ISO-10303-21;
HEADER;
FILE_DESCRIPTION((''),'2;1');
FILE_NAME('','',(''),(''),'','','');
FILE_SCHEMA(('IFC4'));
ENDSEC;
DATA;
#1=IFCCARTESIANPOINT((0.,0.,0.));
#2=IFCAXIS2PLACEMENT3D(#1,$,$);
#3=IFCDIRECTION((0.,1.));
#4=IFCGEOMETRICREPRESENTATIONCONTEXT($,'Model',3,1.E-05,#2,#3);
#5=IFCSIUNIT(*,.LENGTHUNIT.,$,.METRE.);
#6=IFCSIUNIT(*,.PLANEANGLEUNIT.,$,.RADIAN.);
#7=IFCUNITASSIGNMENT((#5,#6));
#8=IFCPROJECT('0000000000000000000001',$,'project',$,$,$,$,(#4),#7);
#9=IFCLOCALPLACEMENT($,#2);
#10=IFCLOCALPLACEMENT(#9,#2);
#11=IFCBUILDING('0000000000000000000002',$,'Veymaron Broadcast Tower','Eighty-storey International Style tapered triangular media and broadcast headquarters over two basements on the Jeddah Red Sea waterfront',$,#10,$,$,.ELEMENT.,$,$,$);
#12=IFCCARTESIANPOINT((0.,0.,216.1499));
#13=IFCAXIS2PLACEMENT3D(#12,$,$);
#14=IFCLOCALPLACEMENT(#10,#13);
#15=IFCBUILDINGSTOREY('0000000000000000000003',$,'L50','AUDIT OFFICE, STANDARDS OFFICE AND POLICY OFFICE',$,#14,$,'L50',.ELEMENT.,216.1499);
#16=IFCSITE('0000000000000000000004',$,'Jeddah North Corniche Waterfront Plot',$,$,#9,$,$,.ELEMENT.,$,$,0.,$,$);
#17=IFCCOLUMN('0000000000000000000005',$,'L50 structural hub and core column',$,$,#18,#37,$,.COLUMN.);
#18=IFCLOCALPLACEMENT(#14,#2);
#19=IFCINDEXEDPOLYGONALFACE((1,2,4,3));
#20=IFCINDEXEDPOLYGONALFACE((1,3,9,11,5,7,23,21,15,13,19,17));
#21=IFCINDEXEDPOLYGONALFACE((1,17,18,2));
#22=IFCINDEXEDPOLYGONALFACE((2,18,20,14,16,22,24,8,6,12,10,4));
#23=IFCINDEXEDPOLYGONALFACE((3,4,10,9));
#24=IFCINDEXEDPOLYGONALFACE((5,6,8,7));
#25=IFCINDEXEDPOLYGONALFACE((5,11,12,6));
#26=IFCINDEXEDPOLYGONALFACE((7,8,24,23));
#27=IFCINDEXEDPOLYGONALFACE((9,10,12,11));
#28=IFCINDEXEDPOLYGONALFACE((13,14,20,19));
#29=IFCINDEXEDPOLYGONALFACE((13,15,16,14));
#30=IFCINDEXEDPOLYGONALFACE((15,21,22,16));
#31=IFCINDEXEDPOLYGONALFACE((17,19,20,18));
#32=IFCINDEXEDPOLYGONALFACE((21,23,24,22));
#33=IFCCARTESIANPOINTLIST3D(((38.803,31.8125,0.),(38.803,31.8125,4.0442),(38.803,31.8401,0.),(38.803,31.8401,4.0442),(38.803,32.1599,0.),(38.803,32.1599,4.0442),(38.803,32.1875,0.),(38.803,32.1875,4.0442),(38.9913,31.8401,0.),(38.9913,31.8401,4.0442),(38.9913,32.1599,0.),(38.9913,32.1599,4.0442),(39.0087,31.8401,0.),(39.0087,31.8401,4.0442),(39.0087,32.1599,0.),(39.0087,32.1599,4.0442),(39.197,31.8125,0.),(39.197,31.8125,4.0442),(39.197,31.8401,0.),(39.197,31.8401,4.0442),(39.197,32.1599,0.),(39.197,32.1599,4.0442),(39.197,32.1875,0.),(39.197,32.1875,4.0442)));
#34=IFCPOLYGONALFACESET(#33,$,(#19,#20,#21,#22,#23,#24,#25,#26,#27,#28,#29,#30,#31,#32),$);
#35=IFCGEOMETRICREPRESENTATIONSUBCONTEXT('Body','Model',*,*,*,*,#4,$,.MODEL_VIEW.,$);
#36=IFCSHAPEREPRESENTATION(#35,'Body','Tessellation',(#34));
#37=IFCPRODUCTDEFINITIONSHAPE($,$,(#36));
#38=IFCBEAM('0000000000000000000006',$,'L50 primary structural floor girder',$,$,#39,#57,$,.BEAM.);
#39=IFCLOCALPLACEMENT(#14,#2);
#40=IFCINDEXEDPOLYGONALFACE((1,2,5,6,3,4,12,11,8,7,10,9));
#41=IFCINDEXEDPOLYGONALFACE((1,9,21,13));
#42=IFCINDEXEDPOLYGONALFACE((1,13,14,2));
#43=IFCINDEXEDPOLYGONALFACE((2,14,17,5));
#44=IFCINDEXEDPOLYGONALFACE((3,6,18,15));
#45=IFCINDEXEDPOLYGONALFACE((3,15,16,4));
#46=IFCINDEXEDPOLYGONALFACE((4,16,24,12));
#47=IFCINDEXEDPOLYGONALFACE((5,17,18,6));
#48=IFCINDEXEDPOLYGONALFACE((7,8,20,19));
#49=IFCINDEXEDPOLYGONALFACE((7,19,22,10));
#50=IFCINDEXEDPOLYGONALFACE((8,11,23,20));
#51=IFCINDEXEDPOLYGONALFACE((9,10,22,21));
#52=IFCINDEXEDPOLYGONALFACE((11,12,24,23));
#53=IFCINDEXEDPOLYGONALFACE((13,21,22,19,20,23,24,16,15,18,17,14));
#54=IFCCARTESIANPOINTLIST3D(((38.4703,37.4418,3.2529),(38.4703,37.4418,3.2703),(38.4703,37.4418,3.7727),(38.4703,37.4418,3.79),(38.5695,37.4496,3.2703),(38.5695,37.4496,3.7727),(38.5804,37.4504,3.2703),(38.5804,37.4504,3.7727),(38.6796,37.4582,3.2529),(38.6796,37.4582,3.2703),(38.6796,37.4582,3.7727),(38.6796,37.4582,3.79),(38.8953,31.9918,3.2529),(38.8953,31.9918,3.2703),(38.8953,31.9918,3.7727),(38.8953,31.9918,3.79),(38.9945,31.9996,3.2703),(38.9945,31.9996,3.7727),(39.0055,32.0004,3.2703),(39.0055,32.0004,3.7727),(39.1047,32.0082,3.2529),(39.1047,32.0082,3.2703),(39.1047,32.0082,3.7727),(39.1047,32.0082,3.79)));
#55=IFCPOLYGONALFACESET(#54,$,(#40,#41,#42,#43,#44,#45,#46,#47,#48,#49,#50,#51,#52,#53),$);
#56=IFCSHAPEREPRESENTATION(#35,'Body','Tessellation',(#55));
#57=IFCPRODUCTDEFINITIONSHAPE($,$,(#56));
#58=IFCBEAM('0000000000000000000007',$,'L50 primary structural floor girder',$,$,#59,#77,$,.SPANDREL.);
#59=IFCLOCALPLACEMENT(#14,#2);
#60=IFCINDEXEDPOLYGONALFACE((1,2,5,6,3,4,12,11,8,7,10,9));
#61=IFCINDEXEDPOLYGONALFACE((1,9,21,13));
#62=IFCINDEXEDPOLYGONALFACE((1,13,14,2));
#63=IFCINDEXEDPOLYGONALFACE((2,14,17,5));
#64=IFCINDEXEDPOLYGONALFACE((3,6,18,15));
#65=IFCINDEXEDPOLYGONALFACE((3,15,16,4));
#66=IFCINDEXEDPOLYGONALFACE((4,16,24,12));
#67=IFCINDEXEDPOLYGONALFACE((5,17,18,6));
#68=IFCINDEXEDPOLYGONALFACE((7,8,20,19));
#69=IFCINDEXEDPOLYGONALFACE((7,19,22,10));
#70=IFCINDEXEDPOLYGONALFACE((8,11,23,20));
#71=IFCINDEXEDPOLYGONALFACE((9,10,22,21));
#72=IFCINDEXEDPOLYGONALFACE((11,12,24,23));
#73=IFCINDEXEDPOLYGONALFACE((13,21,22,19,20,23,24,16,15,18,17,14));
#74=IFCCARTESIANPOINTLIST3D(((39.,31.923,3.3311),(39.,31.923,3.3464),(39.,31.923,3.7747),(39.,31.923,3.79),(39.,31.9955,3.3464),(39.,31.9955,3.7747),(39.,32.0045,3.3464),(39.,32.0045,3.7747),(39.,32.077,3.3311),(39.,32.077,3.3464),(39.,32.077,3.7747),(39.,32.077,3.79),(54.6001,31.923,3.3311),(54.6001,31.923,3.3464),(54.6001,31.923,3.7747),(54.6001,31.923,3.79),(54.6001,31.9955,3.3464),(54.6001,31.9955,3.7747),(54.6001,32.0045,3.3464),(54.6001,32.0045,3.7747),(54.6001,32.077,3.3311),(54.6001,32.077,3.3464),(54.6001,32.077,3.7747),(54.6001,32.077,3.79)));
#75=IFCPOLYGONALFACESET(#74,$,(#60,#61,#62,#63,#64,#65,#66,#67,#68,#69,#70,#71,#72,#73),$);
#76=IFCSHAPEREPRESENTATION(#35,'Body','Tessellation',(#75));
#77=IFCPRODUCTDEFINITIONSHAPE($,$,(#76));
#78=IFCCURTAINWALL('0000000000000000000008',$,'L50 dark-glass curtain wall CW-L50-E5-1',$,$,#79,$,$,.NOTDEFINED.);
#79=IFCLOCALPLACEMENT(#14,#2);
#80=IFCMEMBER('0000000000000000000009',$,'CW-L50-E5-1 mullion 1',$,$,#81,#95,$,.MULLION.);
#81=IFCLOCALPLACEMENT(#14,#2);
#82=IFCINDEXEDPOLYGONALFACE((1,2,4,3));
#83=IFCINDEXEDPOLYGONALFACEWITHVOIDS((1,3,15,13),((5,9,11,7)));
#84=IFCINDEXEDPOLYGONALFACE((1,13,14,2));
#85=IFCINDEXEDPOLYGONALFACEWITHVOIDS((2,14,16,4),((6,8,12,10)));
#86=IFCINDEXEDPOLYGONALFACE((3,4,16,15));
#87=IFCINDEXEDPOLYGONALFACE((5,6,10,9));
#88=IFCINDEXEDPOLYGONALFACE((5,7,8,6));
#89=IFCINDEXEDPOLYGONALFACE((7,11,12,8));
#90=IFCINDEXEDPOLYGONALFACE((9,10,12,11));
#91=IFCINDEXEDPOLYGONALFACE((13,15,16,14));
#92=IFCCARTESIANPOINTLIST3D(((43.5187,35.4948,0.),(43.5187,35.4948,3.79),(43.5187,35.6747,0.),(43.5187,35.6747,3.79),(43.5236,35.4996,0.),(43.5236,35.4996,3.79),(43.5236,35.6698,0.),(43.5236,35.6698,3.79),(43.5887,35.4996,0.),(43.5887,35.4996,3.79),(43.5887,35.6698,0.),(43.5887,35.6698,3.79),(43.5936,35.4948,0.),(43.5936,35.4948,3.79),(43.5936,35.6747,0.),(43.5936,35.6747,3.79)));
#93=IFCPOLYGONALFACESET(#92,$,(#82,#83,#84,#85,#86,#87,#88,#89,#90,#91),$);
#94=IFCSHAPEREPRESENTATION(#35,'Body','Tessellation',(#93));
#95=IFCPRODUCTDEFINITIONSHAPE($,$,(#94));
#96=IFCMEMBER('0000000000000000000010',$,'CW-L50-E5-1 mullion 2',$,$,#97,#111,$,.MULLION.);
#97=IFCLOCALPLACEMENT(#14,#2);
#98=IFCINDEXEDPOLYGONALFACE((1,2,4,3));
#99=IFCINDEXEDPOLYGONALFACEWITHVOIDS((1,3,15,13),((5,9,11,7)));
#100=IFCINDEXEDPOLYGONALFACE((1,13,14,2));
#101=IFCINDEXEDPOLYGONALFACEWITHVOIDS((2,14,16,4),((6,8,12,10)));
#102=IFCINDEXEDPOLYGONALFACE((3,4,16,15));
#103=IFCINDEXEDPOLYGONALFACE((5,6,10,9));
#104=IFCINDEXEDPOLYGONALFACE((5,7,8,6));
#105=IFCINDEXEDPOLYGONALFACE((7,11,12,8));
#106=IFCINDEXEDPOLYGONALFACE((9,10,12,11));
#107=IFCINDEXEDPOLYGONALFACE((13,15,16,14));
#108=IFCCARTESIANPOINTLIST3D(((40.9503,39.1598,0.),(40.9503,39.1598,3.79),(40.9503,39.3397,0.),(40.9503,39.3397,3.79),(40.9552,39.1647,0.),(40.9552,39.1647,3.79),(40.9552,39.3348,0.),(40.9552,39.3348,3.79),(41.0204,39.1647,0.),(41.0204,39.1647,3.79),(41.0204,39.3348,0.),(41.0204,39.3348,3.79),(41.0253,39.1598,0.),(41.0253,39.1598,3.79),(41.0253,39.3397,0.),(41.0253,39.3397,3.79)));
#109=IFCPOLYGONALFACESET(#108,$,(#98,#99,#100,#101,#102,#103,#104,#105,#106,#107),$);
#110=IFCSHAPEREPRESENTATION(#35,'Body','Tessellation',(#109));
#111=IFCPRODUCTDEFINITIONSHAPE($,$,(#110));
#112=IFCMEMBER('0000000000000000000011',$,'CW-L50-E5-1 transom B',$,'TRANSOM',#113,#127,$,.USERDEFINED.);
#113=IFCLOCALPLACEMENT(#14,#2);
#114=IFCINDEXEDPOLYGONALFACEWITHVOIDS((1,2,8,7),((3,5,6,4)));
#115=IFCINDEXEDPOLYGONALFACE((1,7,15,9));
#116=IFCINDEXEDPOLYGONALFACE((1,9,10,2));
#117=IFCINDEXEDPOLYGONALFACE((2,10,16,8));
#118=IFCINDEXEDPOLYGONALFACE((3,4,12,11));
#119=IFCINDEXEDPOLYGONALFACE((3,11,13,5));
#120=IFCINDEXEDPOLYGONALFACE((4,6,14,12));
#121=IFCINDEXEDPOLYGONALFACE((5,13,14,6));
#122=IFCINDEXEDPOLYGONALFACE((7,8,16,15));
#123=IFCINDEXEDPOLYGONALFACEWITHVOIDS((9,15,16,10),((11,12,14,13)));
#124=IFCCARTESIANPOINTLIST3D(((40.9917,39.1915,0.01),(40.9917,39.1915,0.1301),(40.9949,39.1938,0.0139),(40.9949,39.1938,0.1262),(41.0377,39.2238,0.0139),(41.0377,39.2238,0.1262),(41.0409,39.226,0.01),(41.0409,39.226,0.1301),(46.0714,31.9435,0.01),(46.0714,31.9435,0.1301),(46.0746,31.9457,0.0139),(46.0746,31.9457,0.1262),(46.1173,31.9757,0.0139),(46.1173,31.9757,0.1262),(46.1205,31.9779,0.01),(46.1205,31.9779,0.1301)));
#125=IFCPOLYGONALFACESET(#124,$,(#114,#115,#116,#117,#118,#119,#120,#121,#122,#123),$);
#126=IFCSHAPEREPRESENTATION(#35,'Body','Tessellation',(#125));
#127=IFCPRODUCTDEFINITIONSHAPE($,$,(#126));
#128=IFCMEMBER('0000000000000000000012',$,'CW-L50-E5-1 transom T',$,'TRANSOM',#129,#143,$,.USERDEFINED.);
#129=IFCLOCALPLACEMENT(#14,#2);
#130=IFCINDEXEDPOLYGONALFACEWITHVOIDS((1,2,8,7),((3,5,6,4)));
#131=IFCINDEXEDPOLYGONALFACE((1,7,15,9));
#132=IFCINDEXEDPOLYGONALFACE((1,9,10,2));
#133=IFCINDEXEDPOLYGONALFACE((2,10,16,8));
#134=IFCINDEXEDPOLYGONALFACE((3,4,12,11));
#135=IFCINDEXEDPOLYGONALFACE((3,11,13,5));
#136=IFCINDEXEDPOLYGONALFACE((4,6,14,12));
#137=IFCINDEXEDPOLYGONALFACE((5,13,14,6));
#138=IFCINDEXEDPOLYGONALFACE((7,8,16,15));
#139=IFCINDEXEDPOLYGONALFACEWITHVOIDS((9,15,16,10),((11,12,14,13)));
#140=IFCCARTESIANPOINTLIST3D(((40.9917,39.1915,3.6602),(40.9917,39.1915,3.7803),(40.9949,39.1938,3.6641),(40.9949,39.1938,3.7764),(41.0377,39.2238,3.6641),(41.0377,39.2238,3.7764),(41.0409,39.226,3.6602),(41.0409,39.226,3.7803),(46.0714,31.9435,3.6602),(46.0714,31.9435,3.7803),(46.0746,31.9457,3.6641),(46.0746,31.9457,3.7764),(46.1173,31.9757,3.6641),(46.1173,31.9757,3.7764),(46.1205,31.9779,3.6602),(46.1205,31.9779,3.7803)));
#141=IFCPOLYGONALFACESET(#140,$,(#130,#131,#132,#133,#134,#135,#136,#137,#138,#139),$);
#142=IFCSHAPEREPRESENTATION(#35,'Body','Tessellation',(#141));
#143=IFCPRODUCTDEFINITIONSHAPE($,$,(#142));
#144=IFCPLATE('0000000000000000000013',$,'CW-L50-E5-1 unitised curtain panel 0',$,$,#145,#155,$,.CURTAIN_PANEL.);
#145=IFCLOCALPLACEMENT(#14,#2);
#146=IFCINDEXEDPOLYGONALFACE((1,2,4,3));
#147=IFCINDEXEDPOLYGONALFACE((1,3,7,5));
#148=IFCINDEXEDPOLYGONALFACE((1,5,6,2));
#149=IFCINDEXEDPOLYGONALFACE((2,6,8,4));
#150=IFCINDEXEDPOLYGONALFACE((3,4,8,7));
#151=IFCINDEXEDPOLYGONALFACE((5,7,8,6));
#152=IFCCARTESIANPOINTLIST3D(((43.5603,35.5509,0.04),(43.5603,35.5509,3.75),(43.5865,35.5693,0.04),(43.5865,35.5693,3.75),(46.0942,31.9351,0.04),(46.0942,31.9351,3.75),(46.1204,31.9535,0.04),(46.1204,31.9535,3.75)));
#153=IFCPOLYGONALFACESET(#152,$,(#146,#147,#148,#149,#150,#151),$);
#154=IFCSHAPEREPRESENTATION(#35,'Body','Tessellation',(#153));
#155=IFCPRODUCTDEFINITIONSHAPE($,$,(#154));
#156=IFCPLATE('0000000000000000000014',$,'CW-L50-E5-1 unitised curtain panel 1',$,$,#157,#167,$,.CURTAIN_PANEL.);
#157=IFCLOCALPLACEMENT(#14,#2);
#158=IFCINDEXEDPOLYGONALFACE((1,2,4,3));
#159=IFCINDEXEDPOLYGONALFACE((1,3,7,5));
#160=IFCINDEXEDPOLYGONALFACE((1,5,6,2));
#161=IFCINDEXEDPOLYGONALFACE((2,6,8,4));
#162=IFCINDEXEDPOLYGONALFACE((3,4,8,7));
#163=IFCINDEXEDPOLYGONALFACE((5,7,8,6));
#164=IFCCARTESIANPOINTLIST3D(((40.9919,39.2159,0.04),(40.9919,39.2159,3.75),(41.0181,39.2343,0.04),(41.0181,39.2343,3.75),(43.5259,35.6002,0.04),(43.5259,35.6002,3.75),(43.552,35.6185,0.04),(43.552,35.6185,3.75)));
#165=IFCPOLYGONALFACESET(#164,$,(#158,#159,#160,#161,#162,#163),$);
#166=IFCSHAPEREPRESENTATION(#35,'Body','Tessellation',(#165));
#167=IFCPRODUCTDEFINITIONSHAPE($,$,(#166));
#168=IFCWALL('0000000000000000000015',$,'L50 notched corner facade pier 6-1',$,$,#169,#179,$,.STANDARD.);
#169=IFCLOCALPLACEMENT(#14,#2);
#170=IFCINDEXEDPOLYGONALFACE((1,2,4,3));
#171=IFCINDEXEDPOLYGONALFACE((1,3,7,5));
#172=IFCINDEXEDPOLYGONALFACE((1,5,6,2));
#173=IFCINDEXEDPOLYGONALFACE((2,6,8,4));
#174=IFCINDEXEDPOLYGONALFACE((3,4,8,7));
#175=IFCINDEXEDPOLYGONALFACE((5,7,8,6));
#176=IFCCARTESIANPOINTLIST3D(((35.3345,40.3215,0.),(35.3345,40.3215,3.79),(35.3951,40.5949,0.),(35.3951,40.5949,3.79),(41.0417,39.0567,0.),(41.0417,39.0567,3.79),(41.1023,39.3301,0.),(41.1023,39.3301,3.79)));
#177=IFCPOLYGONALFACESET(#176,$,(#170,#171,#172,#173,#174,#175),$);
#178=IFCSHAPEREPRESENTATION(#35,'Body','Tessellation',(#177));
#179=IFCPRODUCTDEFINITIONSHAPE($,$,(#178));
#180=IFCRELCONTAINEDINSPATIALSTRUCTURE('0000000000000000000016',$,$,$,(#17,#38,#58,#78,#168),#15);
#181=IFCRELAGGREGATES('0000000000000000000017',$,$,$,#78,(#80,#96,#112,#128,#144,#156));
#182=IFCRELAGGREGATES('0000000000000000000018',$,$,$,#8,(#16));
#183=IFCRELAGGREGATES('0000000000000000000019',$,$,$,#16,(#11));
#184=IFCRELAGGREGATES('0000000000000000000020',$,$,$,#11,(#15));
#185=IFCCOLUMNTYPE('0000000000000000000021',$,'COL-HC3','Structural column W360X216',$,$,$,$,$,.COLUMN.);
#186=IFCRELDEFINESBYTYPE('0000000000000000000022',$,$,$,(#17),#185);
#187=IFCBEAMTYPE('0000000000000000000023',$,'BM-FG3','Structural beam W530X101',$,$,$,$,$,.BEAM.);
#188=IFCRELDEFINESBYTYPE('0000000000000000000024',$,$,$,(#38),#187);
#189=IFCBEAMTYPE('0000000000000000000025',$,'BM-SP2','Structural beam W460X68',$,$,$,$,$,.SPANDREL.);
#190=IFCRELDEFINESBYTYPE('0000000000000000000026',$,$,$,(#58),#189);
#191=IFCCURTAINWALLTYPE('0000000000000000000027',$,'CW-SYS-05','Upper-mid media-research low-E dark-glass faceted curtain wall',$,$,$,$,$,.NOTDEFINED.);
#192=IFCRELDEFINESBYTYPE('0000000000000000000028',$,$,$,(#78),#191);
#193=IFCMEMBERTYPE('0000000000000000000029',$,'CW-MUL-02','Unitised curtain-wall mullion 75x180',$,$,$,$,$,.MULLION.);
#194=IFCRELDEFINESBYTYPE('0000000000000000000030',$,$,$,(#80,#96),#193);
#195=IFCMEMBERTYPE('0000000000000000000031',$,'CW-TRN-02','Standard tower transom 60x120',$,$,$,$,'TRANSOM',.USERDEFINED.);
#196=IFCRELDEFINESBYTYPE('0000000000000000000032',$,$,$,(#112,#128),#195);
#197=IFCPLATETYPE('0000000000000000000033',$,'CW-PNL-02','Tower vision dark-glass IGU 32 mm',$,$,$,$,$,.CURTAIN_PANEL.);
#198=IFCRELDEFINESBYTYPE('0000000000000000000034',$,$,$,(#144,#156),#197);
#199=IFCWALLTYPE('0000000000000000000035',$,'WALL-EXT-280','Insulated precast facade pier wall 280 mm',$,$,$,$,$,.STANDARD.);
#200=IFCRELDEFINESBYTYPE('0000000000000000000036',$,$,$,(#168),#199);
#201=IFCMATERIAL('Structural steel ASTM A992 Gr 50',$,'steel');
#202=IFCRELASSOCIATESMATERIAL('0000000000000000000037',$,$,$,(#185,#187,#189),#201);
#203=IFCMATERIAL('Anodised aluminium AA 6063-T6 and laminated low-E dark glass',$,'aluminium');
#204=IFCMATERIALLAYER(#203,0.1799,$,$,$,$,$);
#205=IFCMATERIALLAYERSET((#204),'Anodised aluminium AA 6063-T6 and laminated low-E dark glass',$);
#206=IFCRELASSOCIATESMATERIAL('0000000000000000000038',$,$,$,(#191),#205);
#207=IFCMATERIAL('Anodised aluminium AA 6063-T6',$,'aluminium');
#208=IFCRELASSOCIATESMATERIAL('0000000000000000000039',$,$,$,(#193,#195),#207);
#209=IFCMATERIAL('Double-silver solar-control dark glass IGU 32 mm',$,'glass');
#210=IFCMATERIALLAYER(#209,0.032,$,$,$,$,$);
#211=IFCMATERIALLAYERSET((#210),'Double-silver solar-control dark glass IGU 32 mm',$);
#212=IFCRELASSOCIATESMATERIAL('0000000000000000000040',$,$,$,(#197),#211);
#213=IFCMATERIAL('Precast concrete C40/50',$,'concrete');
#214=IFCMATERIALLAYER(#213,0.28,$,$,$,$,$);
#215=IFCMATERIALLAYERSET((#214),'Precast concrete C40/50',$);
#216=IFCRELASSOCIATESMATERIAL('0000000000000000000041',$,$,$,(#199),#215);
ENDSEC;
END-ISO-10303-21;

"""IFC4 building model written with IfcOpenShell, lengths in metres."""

from ifc_helpers import new_model, si_unit, direction, frame, frame_2d, origin, origin_2d, place, context, subcontext, project, spatial, rectangle, hollow_rectangle, i_section, extrude, material, layer, layer_set, material_profile, profile_set, type_object, element, aggregate, save


model = new_model("IFC4")

# Units and contexts
model_context = context("Model", 3, precision=1e-05, world=origin(), true_north=direction((0.0, 1.0)))
body_context = subcontext(model_context, "Body", "Model", "MODEL_VIEW")
ifc_project = project(units=[si_unit("LENGTHUNIT", "METRE"), si_unit("PLANEANGLEUNIT", "RADIAN")], contexts=[model_context])

# Site, building, storey
site_placement = place(None, origin())
site = spatial("IfcSite", under=ifc_project, at=site_placement, Name="Jeddah North Corniche Waterfront Plot", CompositionType="ELEMENT", RefElevation=0.0)
building_placement = place(site_placement, origin())
building = spatial("IfcBuilding", under=site, at=building_placement, Name="Veymaron Broadcast Tower", Description="Eighty-storey International Style tapered triangular media and broadcast headquarters over two basements on the Jeddah Red Sea waterfront", CompositionType="ELEMENT")
storey_placement = place(building_placement, frame((0.0, 0.0, 216.1499)))
storey = spatial("IfcBuildingStorey", under=building, at=storey_placement, Name="L50", Description="AUDIT OFFICE, STANDARDS OFFICE AND POLICY OFFICE", LongName="L50", CompositionType="ELEMENT", Elevation=216.1499)

# Column
ifc_material_1 = material(Name="Structural steel ASTM A992 Gr 50", Category="steel")
ifc_material_profile_1 = material_profile(ifc_material_1, i_section(OverallWidth=0.394, OverallDepth=0.375, WebThickness=0.0173, FlangeThickness=0.0276, at=origin_2d()), Name="W360X216")
ifc_profile_set_1 = profile_set([ifc_material_profile_1], Name="Structural steel ASTM A992 Gr 50")
column_type = type_object("IfcColumnType", Name="COL-HC3", Description="Structural column W360X216", PredefinedType="COLUMN", material=ifc_profile_set_1)
column_placement = place(storey_placement, frame((39.0, 32.0, 0.0), z_axis=(0.0, 0.0, 1.0), x_axis=(1.0, 0.0, 0.0)))
element("IfcColumn", 1, at=column_placement, inside=storey, type_object=column_type, Name="L50 structural hub and core column", PredefinedType="COLUMN", context=body_context, shape_type="SweptSolid", body=[
    extrude(i_section(OverallWidth=0.394, OverallDepth=0.375, WebThickness=0.0173, FlangeThickness=0.0276, at=origin_2d()), origin(), (0.0, 0.0, 1.0), 4.0442),
])

# Beams
ifc_material_profile_2 = material_profile(ifc_material_1, i_section(OverallWidth=0.21, OverallDepth=0.5371, WebThickness=0.011, FlangeThickness=0.0173, at=origin_2d()), Name="W530X101")
ifc_profile_set_2 = profile_set([ifc_material_profile_2], Name="Structural steel ASTM A992 Gr 50")
beam_type_1 = type_object("IfcBeamType", Name="BM-FG3", Description="Structural beam W530X101", PredefinedType="BEAM", material=ifc_profile_set_2)
beam_1_placement = place(storey_placement, frame((39.0, 32.0, 3.5215), z_axis=(-0.077755, 0.996972, 0.0), x_axis=(-0.996972, -0.077755, 0.0)))
element("IfcBeam", 2, at=beam_1_placement, inside=storey, type_object=beam_type_1, Name="L50 primary structural floor girder", PredefinedType="BEAM", context=body_context, shape_type="SweptSolid", body=[
    extrude(i_section(OverallWidth=0.21, OverallDepth=0.5371, WebThickness=0.011, FlangeThickness=0.0173, at=origin_2d()), origin(), (0.0, 0.0, 1.0), 5.4666),
])
ifc_material_profile_3 = material_profile(ifc_material_1, i_section(OverallWidth=0.1541, OverallDepth=0.459, WebThickness=0.009, FlangeThickness=0.0154, at=origin_2d()), Name="W460X68")
ifc_profile_set_3 = profile_set([ifc_material_profile_3], Name="Structural steel ASTM A992 Gr 50")
beam_type_2 = type_object("IfcBeamType", Name="BM-SP2", Description="Structural beam W460X68", PredefinedType="SPANDREL", material=ifc_profile_set_3)
beam_2_placement = place(storey_placement, frame((39.0, 32.0, 3.5605), z_axis=(1.0, 0.0, 0.0), x_axis=(0.0, 1.0, 0.0)))
element("IfcBeam", 3, at=beam_2_placement, inside=storey, type_object=beam_type_2, Name="L50 primary structural floor girder", PredefinedType="SPANDREL", context=body_context, shape_type="SweptSolid", body=[
    extrude(i_section(OverallWidth=0.1541, OverallDepth=0.459, WebThickness=0.009, FlangeThickness=0.0154, at=origin_2d()), origin(), (0.0, 0.0, 1.0), 15.6001),
])

# Curtain wall, members, plates
ifc_material_2 = material(Name="Anodised aluminium AA 6063-T6 and laminated low-E dark glass", Category="aluminium")
ifc_layer_1 = layer(ifc_material_2, 0.1799)
ifc_layer_set_1 = layer_set([ifc_layer_1], Name="Anodised aluminium AA 6063-T6 and laminated low-E dark glass")
curtain_wall_type = type_object("IfcCurtainWallType", Name="CW-SYS-05", Description="Upper-mid media-research low-E dark-glass faceted curtain wall", PredefinedType="NOTDEFINED", material=ifc_layer_set_1)
curtain_wall_placement = place(storey_placement, origin())
curtain_wall = element("IfcCurtainWall", 4, at=curtain_wall_placement, inside=storey, type_object=curtain_wall_type, Name="L50 dark-glass curtain wall CW-L50-E5-1", PredefinedType="NOTDEFINED")
ifc_material_3 = material(Name="Anodised aluminium AA 6063-T6", Category="aluminium")
ifc_material_profile_4 = material_profile(ifc_material_3, hollow_rectangle(XDim=0.075, YDim=0.1799, WallThickness=0.0049, at=origin_2d()), Name="AL180X75X5")
ifc_profile_set_4 = profile_set([ifc_material_profile_4], Name="Anodised aluminium AA 6063-T6")
member_type_1 = type_object("IfcMemberType", Name="CW-MUL-02", Description="Unitised curtain-wall mullion 75x180", PredefinedType="MULLION", material=ifc_profile_set_4)
member_1_placement = place(storey_placement, frame((43.5562, 35.5847, 0.0), z_axis=(0.0, 0.0, 1.0), x_axis=(1.0, 0.0, 0.0)))
member_1 = element("IfcMember", 5, at=member_1_placement, type_object=member_type_1, Name="CW-L50-E5-1 mullion 1", PredefinedType="MULLION", context=body_context, shape_type="SweptSolid", body=[
    extrude(hollow_rectangle(XDim=0.075, YDim=0.1799, WallThickness=0.0049, at=origin_2d()), origin(), (0.0, 0.0, 1.0), 3.79),
])
member_2_placement = place(storey_placement, frame((40.9878, 39.2498, 0.0), z_axis=(0.0, 0.0, 1.0), x_axis=(1.0, 0.0, 0.0)))
member_2 = element("IfcMember", 6, at=member_2_placement, type_object=member_type_1, Name="CW-L50-E5-1 mullion 2", PredefinedType="MULLION", context=body_context, shape_type="SweptSolid", body=[
    extrude(hollow_rectangle(XDim=0.075, YDim=0.1799, WallThickness=0.0049, at=origin_2d()), origin(), (0.0, 0.0, 1.0), 3.79),
])
ifc_material_profile_5 = material_profile(ifc_material_3, hollow_rectangle(XDim=0.0601, YDim=0.1201, WallThickness=0.0039, at=origin_2d()), Name="AL120X60X4")
ifc_profile_set_5 = profile_set([ifc_material_profile_5], Name="Anodised aluminium AA 6063-T6")
member_type_2 = type_object("IfcMemberType", Name="CW-TRN-02", Description="Standard tower transom 60x120", ElementType="TRANSOM", PredefinedType="USERDEFINED", material=ifc_profile_set_5)
member_3_placement = place(storey_placement, frame((46.0959, 31.9607, 0.0701), z_axis=(-0.573914, 0.818916, 0.0), x_axis=(-0.818916, -0.573914, 0.0)))
member_3 = element("IfcMember", 7, at=member_3_placement, type_object=member_type_2, Name="CW-L50-E5-1 transom B", ObjectType="TRANSOM", PredefinedType="USERDEFINED", context=body_context, shape_type="SweptSolid", body=[
    extrude(hollow_rectangle(XDim=0.0601, YDim=0.1201, WallThickness=0.0039, at=origin_2d()), origin(), (0.0, 0.0, 1.0), 8.8508),
])
member_4_placement = place(storey_placement, frame((46.0959, 31.9607, 3.7202), z_axis=(-0.573914, 0.818916, 0.0), x_axis=(-0.818916, -0.573914, 0.0)))
member_4 = element("IfcMember", 8, at=member_4_placement, type_object=member_type_2, Name="CW-L50-E5-1 transom T", ObjectType="TRANSOM", PredefinedType="USERDEFINED", context=body_context, shape_type="SweptSolid", body=[
    extrude(hollow_rectangle(XDim=0.0601, YDim=0.1201, WallThickness=0.0039, at=origin_2d()), origin(), (0.0, 0.0, 1.0), 8.8508),
])
ifc_material_4 = material(Name="Double-silver solar-control dark glass IGU 32 mm", Category="glass")
ifc_layer_2 = layer(ifc_material_4, 0.032)
ifc_layer_set_2 = layer_set([ifc_layer_2], Name="Double-silver solar-control dark glass IGU 32 mm")
plate_type = type_object("IfcPlateType", Name="CW-PNL-02", Description="Tower vision dark-glass IGU 32 mm", PredefinedType="CURTAIN_PANEL", material=ifc_layer_set_2)
plate_1_placement = place(storey_placement, frame((44.8403, 33.7522, 0.04), z_axis=(0.0, 0.0, 1.0), x_axis=(-0.573905, 0.818922, 0.0)))
plate_1 = element("IfcPlate", 9, at=plate_1_placement, type_object=plate_type, Name="CW-L50-E5-1 unitised curtain panel 0", PredefinedType="CURTAIN_PANEL", context=body_context, shape_type="SweptSolid", body=[
    extrude(rectangle(XDim=4.4153, YDim=0.032, at=origin_2d()), origin(), (0.0, 0.0, 1.0), 3.71),
])
plate_2_placement = place(storey_placement, frame((42.272, 37.4172, 0.04), z_axis=(0.0, 0.0, 1.0), x_axis=(-0.573905, 0.818922, 0.0)))
plate_2 = element("IfcPlate", 10, at=plate_2_placement, type_object=plate_type, Name="CW-L50-E5-1 unitised curtain panel 1", PredefinedType="CURTAIN_PANEL", context=body_context, shape_type="SweptSolid", body=[
    extrude(rectangle(XDim=4.4153, YDim=0.032, at=origin_2d()), origin(), (0.0, 0.0, 1.0), 3.71),
])
aggregate(curtain_wall, [member_1, member_2, member_3, member_4, plate_1, plate_2])

# Wall
ifc_material_5 = material(Name="Precast concrete C40/50", Category="concrete")
ifc_layer_3 = layer(ifc_material_5, 0.28)
ifc_layer_set_3 = layer_set([ifc_layer_3], Name="Precast concrete C40/50")
wall_type_1 = type_object("IfcWallType", Name="WALL-EXT-280", Description="Insulated precast facade pier wall 280 mm", PredefinedType="STANDARD", material=ifc_layer_set_3)
wall_1_placement = place(storey_placement, frame((41.072, 39.1934, 0.0), z_axis=(0.0, 0.0, 1.0), x_axis=(-0.97631, 0.216378, 0.0)))
element("IfcWall", 11, at=wall_1_placement, inside=storey, type_object=wall_type_1, Name="L50 notched corner facade pier 6-1", PredefinedType="STANDARD", context=body_context, shape_type="SweptSolid", body=[
    extrude(rectangle(XDim=5.8457, YDim=0.28, at=frame_2d((2.9229, 0.0))), origin(), (0.0, 0.0, 1.0), 3.79),
])

save(model, "model.ifc")
